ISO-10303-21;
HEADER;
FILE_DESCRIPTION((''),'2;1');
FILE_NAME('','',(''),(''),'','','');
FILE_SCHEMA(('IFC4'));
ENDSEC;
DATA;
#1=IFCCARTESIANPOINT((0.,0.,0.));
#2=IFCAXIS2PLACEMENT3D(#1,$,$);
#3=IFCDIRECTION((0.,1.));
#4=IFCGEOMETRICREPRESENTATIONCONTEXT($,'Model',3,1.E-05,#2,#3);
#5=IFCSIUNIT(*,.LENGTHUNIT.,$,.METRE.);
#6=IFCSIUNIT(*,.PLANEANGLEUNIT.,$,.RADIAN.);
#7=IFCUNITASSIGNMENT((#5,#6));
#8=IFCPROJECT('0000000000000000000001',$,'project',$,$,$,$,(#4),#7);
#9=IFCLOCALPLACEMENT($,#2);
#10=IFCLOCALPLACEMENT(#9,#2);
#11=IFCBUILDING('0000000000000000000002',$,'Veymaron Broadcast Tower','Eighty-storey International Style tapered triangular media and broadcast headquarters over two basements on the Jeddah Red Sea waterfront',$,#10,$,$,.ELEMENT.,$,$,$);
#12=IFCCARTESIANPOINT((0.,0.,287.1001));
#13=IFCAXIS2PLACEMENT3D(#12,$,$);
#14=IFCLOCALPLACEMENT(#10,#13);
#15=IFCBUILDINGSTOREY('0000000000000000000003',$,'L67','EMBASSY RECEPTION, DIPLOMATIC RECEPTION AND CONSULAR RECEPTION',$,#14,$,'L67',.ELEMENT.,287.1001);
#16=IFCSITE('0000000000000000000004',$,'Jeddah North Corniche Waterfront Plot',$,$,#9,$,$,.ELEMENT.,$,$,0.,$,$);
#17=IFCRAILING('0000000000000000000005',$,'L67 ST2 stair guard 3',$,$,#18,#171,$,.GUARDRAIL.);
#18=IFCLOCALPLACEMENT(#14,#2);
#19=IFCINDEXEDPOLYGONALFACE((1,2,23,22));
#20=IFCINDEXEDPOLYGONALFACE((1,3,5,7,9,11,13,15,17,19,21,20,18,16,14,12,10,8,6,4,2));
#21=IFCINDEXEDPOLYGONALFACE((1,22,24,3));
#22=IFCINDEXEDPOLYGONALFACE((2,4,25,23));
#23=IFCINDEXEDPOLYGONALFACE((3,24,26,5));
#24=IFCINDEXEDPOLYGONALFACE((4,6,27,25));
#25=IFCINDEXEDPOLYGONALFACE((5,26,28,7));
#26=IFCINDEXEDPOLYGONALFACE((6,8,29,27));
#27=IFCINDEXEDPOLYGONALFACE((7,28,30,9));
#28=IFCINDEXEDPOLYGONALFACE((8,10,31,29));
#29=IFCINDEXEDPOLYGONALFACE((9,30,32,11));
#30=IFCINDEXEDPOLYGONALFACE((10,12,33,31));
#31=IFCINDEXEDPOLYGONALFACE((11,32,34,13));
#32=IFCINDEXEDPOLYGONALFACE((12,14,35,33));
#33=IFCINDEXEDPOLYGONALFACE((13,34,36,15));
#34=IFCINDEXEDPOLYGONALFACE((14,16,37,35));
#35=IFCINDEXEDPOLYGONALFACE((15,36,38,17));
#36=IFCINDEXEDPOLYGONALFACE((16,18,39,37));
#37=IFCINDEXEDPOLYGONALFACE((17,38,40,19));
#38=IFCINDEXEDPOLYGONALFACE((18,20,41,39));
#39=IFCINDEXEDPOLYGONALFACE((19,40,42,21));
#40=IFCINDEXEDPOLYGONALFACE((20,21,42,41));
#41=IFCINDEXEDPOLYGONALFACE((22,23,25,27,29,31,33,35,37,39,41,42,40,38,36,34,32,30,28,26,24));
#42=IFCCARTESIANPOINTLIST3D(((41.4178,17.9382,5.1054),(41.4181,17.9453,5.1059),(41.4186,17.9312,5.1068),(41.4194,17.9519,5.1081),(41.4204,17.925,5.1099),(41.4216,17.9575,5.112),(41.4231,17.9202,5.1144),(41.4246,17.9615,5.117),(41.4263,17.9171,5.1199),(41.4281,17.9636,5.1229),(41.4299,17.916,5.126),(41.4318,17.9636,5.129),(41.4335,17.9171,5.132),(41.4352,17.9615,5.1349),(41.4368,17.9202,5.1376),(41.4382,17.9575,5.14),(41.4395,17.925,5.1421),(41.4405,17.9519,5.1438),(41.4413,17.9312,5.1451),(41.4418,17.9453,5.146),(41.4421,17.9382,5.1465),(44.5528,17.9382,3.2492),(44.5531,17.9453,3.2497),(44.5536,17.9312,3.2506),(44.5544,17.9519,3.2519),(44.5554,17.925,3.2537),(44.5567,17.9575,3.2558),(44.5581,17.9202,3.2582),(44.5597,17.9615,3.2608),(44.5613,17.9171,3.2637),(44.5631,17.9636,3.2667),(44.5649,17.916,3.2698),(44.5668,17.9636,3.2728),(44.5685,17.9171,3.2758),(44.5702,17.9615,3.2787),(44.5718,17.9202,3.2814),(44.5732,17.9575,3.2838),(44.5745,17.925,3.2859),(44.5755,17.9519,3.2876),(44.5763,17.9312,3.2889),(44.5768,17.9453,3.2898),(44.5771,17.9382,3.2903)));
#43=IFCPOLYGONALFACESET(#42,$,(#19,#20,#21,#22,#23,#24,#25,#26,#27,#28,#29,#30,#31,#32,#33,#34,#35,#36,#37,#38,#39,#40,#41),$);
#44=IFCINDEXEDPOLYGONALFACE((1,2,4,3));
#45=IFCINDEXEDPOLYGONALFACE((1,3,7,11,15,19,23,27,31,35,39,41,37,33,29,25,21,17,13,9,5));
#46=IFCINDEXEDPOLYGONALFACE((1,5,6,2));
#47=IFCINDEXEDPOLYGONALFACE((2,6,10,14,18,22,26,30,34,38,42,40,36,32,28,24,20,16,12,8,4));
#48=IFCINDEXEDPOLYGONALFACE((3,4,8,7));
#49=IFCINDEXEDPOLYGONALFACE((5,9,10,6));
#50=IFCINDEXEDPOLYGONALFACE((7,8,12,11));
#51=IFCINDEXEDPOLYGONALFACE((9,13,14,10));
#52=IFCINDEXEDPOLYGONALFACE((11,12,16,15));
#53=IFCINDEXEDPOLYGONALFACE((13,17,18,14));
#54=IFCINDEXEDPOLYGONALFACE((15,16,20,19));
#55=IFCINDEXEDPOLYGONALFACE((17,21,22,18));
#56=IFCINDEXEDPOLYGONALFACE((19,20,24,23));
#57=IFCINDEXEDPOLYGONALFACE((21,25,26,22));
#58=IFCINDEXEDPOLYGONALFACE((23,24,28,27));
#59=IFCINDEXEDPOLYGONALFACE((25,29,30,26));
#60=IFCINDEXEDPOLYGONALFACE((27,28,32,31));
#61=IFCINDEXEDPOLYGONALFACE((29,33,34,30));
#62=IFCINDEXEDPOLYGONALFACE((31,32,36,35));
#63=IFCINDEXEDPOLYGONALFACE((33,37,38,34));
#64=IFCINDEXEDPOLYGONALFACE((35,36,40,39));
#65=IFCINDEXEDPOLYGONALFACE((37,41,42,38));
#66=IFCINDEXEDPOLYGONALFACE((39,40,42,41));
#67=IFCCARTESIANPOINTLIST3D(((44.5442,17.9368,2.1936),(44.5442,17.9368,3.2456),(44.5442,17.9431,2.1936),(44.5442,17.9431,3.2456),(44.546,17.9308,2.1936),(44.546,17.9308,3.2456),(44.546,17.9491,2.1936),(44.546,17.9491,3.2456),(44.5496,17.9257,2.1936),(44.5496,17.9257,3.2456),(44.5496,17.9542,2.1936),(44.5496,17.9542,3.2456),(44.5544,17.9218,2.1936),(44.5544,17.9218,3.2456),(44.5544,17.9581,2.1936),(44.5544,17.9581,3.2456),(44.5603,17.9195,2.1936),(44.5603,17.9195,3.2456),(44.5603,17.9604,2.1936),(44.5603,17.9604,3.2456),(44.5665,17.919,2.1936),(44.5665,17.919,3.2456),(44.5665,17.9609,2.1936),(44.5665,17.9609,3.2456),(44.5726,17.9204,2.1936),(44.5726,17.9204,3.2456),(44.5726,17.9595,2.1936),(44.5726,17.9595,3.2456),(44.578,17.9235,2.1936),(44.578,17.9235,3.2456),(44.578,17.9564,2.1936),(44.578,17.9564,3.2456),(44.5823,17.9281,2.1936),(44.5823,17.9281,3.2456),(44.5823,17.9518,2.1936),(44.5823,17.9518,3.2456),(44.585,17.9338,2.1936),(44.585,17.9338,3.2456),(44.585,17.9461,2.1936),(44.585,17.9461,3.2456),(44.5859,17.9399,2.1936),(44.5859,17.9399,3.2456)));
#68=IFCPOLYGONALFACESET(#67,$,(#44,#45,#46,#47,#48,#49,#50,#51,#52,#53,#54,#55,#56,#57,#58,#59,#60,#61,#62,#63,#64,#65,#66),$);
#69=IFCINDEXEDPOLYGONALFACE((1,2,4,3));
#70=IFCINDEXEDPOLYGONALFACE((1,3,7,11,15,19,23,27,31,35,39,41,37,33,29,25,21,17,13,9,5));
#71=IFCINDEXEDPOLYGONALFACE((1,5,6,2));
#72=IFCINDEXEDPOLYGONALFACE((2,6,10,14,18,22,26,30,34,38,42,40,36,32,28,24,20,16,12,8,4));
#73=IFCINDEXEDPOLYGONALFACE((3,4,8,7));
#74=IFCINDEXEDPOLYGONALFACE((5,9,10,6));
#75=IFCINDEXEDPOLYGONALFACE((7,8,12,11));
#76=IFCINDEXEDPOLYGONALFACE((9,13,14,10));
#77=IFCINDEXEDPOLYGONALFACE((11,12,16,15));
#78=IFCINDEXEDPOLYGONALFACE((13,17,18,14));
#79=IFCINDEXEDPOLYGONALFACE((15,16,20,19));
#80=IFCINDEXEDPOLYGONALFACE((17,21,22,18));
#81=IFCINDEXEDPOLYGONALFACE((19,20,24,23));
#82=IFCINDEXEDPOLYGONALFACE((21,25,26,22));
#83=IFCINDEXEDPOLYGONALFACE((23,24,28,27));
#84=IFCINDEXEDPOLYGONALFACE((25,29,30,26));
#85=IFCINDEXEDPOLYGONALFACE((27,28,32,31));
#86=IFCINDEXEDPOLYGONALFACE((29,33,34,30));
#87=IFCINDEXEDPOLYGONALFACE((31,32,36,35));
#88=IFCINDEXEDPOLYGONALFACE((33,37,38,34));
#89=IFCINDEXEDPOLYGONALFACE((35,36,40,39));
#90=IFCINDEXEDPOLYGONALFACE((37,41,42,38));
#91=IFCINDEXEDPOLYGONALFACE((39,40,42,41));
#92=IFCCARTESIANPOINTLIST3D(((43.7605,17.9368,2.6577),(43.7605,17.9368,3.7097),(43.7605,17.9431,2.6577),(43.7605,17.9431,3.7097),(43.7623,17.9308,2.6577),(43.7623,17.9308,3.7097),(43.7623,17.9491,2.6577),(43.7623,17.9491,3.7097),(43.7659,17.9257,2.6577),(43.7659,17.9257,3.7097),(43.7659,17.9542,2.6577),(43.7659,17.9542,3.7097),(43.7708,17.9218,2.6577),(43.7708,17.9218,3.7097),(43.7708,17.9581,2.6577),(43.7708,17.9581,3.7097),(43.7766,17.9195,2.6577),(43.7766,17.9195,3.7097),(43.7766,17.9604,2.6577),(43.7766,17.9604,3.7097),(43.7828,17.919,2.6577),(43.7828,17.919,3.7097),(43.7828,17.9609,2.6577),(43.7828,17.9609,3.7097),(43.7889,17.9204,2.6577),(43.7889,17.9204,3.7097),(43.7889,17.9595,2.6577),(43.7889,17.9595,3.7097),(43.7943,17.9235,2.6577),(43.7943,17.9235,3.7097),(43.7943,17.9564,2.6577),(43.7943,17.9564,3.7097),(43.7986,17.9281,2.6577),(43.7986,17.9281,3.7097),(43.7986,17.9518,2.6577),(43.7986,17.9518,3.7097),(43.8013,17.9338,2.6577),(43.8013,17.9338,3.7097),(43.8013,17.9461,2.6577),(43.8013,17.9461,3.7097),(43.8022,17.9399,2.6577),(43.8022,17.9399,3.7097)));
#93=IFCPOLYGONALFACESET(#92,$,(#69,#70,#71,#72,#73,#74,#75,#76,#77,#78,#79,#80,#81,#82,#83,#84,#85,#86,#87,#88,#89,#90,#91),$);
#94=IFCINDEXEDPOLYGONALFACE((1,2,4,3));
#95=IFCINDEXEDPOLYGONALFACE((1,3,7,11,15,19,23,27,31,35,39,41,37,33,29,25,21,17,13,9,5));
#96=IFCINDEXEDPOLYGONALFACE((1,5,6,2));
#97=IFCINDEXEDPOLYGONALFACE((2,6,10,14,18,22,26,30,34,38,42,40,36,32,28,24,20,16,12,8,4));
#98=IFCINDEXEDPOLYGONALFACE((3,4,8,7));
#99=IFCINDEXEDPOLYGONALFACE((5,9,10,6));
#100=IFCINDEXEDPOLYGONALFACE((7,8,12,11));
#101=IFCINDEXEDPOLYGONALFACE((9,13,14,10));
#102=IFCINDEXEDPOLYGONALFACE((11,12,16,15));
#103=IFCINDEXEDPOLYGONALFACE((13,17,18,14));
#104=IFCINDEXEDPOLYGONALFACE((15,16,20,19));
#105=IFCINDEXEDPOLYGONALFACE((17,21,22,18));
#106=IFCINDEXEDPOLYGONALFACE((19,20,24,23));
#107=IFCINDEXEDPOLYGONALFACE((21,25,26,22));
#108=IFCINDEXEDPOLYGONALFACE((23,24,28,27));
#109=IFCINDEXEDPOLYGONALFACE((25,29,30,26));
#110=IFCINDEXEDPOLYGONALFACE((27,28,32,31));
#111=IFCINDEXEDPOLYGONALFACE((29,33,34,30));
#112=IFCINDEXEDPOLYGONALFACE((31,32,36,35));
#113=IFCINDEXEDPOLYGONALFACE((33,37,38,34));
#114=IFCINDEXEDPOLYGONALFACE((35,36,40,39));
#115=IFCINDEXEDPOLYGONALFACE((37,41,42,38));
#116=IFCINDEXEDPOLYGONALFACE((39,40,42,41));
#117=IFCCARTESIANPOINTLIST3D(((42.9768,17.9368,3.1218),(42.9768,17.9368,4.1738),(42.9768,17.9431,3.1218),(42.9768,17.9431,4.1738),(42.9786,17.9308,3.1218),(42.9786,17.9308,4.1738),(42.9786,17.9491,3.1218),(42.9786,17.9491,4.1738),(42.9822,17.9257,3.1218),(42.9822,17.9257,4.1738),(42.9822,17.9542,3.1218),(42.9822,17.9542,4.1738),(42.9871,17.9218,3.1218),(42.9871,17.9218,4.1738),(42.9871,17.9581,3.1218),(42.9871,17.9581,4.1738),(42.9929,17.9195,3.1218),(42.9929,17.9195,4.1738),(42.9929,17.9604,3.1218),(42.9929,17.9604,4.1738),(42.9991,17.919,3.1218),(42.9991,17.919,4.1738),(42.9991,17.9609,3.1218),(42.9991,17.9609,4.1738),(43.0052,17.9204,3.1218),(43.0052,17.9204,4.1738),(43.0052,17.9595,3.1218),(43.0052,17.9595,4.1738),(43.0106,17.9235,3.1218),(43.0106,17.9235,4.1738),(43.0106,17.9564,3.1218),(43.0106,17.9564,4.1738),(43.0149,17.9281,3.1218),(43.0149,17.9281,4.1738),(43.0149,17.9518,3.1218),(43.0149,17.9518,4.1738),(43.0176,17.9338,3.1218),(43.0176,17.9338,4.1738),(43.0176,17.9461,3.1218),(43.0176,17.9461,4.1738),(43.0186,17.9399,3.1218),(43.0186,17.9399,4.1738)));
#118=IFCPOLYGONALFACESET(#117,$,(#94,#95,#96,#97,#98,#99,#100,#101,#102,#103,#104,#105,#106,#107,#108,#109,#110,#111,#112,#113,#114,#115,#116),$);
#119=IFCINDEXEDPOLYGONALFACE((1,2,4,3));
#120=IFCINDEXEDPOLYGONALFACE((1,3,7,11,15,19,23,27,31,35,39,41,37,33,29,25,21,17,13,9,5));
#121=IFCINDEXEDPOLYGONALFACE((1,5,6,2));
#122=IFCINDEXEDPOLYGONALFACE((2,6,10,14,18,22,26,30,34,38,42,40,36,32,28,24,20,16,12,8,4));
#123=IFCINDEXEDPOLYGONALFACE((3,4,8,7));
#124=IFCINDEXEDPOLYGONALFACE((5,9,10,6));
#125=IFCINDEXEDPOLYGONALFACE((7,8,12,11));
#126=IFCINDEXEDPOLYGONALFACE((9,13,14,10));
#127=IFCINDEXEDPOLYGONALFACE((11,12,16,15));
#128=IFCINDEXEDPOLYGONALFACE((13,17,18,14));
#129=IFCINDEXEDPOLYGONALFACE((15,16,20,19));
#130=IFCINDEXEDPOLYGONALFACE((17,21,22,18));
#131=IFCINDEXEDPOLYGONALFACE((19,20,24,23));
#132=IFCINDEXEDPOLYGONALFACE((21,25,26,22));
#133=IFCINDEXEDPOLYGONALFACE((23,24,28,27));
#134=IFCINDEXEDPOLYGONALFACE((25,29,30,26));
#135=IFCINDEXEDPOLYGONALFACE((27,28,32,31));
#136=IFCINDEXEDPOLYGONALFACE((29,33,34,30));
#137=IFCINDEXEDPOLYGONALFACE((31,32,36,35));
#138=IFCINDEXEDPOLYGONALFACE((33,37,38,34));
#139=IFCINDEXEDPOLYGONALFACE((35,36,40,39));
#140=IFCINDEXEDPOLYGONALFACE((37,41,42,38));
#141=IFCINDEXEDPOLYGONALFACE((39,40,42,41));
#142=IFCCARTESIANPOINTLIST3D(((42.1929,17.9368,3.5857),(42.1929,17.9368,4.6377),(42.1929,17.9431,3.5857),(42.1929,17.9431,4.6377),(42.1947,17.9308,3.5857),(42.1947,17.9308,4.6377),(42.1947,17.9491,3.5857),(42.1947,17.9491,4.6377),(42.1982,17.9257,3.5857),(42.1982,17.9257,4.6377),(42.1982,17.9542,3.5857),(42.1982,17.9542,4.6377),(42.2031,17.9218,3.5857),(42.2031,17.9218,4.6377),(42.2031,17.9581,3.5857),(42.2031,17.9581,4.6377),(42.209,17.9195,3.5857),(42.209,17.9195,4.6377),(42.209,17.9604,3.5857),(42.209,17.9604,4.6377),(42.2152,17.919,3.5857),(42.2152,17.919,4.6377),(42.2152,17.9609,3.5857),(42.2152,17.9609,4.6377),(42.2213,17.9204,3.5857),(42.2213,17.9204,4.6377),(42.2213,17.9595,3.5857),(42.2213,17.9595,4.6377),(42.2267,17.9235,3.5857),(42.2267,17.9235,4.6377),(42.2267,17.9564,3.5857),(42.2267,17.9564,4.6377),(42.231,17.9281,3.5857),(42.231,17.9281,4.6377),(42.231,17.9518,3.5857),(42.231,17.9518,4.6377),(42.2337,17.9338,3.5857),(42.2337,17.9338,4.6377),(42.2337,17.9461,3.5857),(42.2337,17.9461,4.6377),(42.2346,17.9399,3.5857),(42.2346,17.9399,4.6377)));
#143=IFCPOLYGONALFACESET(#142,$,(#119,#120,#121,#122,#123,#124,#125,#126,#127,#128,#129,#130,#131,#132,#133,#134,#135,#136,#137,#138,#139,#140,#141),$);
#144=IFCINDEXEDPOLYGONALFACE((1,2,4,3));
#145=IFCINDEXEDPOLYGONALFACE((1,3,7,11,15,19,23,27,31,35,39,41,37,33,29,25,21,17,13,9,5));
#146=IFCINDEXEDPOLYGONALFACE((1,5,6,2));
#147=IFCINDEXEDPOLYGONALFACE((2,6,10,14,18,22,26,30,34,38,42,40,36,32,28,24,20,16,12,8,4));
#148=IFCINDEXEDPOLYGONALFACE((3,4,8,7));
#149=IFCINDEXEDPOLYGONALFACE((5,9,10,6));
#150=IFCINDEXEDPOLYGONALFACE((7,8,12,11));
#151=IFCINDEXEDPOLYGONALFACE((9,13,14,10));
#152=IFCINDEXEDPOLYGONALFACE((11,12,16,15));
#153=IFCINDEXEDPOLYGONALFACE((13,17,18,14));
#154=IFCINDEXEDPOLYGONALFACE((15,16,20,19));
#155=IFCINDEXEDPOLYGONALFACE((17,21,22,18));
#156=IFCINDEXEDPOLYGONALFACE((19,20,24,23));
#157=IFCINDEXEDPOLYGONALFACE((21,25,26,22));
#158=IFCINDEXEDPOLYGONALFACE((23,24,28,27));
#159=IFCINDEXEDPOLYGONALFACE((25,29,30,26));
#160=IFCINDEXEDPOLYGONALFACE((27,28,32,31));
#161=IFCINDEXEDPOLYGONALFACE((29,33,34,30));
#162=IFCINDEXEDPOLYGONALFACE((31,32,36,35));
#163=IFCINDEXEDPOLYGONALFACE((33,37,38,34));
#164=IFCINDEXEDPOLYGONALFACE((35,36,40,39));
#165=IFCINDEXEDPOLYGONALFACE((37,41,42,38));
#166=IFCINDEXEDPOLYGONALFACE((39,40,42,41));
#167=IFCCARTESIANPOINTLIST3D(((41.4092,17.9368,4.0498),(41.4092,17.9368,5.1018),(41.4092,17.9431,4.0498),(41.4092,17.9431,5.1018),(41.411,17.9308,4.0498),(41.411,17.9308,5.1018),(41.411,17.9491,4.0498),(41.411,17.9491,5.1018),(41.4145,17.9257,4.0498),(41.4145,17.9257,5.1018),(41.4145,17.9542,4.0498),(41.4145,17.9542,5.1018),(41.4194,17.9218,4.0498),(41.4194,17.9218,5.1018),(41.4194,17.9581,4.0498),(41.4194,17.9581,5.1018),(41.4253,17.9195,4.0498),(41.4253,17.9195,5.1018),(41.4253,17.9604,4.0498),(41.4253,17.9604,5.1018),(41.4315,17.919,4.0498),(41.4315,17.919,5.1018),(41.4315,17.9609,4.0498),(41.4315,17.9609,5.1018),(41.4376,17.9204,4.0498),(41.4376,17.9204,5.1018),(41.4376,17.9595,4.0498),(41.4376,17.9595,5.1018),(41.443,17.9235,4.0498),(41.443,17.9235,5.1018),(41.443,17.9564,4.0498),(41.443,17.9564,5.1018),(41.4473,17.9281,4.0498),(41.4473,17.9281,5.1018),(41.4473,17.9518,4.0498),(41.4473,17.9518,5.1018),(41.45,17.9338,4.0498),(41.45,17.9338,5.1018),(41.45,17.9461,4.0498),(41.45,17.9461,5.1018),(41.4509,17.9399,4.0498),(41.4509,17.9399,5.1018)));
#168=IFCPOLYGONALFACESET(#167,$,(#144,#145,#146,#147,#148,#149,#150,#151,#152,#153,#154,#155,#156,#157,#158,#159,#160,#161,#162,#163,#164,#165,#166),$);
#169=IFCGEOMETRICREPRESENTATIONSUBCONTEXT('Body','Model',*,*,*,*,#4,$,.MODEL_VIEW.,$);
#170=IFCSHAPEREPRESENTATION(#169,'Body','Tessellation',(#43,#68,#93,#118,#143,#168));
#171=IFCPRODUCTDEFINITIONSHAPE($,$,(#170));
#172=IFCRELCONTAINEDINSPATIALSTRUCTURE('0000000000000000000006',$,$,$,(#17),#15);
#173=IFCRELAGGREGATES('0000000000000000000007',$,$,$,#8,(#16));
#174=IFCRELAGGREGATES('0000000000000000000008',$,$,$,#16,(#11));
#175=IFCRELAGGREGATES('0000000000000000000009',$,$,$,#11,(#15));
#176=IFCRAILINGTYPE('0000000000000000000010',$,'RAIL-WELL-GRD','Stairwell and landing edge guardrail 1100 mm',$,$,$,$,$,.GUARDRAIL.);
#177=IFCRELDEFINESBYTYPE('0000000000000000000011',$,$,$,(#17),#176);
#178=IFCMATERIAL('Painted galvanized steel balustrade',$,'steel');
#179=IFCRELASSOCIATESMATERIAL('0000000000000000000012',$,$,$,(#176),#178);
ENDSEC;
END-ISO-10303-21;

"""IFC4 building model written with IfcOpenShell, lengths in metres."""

from ifc_helpers import new_model, si_unit, direction, frame, origin, origin_2d, place, context, subcontext, project, spatial, circle, extrude, material, type_object, element, save


model = new_model("IFC4")

# Units and contexts
model_context = context("Model", 3, precision=1e-05, world=origin(), true_north=direction((0.0, 1.0)))
body_context = subcontext(model_context, "Body", "Model", "MODEL_VIEW")
ifc_project = project(units=[si_unit("LENGTHUNIT", "METRE"), si_unit("PLANEANGLEUNIT", "RADIAN")], contexts=[model_context])

# Site, building, storey
site_placement = place(None, origin())
site = spatial("IfcSite", under=ifc_project, at=site_placement, Name="Jeddah North Corniche Waterfront Plot", CompositionType="ELEMENT", RefElevation=0.0)
building_placement = place(site_placement, origin())
building = spatial("IfcBuilding", under=site, at=building_placement, Name="Veymaron Broadcast Tower", Description="Eighty-storey International Style tapered triangular media and broadcast headquarters over two basements on the Jeddah Red Sea waterfront", CompositionType="ELEMENT")
storey_placement = place(building_placement, frame((0.0, 0.0, 287.1001)))
storey = spatial("IfcBuildingStorey", under=building, at=storey_placement, Name="L67", Description="EMBASSY RECEPTION, DIPLOMATIC RECEPTION AND CONSULAR RECEPTION", LongName="L67", CompositionType="ELEMENT", Elevation=287.1001)

# Railing
ifc_material_1 = material(Name="Painted galvanized steel balustrade", Category="steel")
railing_type_1 = type_object("IfcRailingType", Name="RAIL-WELL-GRD", Description="Stairwell and landing edge guardrail 1100 mm", PredefinedType="GUARDRAIL", material=ifc_material_1)
railing_1_placement = place(storey_placement, frame((44.5649, 17.9399, 2.1936)))
element("IfcRailing", 1, at=railing_1_placement, inside=storey, type_object=railing_type_1, Name="L67 ST2 stair guard 3", PredefinedType="GUARDRAIL", context=body_context, shape_type="SweptSolid", body=[
    extrude(circle(Radius=0.0239, at=origin_2d()), frame((0.0, 0.0, 1.0762), z_axis=(-0.860482, 0.0, 0.509481), x_axis=(0.0, -1.0, 0.0)), (0.0, 0.0, 1.0), 3.6433),
    extrude(circle(Radius=0.021, at=origin_2d()), origin(), (0.0, 0.0, 1.0), 1.052),
    extrude(circle(Radius=0.021, at=origin_2d()), frame((-0.7837, 0.0, 0.4641)), (0.0, 0.0, 1.0), 1.052),
    extrude(circle(Radius=0.021, at=origin_2d()), frame((-1.5674, 0.0, 0.9282)), (0.0, 0.0, 1.0), 1.052),
    extrude(circle(Radius=0.021, at=origin_2d()), frame((-2.3513, 0.0, 1.3921)), (0.0, 0.0, 1.0), 1.052),
    extrude(circle(Radius=0.021, at=origin_2d()), frame((-3.135, 0.0, 1.8562)), (0.0, 0.0, 1.0), 1.052),
])

save(model, "model.ifc")
